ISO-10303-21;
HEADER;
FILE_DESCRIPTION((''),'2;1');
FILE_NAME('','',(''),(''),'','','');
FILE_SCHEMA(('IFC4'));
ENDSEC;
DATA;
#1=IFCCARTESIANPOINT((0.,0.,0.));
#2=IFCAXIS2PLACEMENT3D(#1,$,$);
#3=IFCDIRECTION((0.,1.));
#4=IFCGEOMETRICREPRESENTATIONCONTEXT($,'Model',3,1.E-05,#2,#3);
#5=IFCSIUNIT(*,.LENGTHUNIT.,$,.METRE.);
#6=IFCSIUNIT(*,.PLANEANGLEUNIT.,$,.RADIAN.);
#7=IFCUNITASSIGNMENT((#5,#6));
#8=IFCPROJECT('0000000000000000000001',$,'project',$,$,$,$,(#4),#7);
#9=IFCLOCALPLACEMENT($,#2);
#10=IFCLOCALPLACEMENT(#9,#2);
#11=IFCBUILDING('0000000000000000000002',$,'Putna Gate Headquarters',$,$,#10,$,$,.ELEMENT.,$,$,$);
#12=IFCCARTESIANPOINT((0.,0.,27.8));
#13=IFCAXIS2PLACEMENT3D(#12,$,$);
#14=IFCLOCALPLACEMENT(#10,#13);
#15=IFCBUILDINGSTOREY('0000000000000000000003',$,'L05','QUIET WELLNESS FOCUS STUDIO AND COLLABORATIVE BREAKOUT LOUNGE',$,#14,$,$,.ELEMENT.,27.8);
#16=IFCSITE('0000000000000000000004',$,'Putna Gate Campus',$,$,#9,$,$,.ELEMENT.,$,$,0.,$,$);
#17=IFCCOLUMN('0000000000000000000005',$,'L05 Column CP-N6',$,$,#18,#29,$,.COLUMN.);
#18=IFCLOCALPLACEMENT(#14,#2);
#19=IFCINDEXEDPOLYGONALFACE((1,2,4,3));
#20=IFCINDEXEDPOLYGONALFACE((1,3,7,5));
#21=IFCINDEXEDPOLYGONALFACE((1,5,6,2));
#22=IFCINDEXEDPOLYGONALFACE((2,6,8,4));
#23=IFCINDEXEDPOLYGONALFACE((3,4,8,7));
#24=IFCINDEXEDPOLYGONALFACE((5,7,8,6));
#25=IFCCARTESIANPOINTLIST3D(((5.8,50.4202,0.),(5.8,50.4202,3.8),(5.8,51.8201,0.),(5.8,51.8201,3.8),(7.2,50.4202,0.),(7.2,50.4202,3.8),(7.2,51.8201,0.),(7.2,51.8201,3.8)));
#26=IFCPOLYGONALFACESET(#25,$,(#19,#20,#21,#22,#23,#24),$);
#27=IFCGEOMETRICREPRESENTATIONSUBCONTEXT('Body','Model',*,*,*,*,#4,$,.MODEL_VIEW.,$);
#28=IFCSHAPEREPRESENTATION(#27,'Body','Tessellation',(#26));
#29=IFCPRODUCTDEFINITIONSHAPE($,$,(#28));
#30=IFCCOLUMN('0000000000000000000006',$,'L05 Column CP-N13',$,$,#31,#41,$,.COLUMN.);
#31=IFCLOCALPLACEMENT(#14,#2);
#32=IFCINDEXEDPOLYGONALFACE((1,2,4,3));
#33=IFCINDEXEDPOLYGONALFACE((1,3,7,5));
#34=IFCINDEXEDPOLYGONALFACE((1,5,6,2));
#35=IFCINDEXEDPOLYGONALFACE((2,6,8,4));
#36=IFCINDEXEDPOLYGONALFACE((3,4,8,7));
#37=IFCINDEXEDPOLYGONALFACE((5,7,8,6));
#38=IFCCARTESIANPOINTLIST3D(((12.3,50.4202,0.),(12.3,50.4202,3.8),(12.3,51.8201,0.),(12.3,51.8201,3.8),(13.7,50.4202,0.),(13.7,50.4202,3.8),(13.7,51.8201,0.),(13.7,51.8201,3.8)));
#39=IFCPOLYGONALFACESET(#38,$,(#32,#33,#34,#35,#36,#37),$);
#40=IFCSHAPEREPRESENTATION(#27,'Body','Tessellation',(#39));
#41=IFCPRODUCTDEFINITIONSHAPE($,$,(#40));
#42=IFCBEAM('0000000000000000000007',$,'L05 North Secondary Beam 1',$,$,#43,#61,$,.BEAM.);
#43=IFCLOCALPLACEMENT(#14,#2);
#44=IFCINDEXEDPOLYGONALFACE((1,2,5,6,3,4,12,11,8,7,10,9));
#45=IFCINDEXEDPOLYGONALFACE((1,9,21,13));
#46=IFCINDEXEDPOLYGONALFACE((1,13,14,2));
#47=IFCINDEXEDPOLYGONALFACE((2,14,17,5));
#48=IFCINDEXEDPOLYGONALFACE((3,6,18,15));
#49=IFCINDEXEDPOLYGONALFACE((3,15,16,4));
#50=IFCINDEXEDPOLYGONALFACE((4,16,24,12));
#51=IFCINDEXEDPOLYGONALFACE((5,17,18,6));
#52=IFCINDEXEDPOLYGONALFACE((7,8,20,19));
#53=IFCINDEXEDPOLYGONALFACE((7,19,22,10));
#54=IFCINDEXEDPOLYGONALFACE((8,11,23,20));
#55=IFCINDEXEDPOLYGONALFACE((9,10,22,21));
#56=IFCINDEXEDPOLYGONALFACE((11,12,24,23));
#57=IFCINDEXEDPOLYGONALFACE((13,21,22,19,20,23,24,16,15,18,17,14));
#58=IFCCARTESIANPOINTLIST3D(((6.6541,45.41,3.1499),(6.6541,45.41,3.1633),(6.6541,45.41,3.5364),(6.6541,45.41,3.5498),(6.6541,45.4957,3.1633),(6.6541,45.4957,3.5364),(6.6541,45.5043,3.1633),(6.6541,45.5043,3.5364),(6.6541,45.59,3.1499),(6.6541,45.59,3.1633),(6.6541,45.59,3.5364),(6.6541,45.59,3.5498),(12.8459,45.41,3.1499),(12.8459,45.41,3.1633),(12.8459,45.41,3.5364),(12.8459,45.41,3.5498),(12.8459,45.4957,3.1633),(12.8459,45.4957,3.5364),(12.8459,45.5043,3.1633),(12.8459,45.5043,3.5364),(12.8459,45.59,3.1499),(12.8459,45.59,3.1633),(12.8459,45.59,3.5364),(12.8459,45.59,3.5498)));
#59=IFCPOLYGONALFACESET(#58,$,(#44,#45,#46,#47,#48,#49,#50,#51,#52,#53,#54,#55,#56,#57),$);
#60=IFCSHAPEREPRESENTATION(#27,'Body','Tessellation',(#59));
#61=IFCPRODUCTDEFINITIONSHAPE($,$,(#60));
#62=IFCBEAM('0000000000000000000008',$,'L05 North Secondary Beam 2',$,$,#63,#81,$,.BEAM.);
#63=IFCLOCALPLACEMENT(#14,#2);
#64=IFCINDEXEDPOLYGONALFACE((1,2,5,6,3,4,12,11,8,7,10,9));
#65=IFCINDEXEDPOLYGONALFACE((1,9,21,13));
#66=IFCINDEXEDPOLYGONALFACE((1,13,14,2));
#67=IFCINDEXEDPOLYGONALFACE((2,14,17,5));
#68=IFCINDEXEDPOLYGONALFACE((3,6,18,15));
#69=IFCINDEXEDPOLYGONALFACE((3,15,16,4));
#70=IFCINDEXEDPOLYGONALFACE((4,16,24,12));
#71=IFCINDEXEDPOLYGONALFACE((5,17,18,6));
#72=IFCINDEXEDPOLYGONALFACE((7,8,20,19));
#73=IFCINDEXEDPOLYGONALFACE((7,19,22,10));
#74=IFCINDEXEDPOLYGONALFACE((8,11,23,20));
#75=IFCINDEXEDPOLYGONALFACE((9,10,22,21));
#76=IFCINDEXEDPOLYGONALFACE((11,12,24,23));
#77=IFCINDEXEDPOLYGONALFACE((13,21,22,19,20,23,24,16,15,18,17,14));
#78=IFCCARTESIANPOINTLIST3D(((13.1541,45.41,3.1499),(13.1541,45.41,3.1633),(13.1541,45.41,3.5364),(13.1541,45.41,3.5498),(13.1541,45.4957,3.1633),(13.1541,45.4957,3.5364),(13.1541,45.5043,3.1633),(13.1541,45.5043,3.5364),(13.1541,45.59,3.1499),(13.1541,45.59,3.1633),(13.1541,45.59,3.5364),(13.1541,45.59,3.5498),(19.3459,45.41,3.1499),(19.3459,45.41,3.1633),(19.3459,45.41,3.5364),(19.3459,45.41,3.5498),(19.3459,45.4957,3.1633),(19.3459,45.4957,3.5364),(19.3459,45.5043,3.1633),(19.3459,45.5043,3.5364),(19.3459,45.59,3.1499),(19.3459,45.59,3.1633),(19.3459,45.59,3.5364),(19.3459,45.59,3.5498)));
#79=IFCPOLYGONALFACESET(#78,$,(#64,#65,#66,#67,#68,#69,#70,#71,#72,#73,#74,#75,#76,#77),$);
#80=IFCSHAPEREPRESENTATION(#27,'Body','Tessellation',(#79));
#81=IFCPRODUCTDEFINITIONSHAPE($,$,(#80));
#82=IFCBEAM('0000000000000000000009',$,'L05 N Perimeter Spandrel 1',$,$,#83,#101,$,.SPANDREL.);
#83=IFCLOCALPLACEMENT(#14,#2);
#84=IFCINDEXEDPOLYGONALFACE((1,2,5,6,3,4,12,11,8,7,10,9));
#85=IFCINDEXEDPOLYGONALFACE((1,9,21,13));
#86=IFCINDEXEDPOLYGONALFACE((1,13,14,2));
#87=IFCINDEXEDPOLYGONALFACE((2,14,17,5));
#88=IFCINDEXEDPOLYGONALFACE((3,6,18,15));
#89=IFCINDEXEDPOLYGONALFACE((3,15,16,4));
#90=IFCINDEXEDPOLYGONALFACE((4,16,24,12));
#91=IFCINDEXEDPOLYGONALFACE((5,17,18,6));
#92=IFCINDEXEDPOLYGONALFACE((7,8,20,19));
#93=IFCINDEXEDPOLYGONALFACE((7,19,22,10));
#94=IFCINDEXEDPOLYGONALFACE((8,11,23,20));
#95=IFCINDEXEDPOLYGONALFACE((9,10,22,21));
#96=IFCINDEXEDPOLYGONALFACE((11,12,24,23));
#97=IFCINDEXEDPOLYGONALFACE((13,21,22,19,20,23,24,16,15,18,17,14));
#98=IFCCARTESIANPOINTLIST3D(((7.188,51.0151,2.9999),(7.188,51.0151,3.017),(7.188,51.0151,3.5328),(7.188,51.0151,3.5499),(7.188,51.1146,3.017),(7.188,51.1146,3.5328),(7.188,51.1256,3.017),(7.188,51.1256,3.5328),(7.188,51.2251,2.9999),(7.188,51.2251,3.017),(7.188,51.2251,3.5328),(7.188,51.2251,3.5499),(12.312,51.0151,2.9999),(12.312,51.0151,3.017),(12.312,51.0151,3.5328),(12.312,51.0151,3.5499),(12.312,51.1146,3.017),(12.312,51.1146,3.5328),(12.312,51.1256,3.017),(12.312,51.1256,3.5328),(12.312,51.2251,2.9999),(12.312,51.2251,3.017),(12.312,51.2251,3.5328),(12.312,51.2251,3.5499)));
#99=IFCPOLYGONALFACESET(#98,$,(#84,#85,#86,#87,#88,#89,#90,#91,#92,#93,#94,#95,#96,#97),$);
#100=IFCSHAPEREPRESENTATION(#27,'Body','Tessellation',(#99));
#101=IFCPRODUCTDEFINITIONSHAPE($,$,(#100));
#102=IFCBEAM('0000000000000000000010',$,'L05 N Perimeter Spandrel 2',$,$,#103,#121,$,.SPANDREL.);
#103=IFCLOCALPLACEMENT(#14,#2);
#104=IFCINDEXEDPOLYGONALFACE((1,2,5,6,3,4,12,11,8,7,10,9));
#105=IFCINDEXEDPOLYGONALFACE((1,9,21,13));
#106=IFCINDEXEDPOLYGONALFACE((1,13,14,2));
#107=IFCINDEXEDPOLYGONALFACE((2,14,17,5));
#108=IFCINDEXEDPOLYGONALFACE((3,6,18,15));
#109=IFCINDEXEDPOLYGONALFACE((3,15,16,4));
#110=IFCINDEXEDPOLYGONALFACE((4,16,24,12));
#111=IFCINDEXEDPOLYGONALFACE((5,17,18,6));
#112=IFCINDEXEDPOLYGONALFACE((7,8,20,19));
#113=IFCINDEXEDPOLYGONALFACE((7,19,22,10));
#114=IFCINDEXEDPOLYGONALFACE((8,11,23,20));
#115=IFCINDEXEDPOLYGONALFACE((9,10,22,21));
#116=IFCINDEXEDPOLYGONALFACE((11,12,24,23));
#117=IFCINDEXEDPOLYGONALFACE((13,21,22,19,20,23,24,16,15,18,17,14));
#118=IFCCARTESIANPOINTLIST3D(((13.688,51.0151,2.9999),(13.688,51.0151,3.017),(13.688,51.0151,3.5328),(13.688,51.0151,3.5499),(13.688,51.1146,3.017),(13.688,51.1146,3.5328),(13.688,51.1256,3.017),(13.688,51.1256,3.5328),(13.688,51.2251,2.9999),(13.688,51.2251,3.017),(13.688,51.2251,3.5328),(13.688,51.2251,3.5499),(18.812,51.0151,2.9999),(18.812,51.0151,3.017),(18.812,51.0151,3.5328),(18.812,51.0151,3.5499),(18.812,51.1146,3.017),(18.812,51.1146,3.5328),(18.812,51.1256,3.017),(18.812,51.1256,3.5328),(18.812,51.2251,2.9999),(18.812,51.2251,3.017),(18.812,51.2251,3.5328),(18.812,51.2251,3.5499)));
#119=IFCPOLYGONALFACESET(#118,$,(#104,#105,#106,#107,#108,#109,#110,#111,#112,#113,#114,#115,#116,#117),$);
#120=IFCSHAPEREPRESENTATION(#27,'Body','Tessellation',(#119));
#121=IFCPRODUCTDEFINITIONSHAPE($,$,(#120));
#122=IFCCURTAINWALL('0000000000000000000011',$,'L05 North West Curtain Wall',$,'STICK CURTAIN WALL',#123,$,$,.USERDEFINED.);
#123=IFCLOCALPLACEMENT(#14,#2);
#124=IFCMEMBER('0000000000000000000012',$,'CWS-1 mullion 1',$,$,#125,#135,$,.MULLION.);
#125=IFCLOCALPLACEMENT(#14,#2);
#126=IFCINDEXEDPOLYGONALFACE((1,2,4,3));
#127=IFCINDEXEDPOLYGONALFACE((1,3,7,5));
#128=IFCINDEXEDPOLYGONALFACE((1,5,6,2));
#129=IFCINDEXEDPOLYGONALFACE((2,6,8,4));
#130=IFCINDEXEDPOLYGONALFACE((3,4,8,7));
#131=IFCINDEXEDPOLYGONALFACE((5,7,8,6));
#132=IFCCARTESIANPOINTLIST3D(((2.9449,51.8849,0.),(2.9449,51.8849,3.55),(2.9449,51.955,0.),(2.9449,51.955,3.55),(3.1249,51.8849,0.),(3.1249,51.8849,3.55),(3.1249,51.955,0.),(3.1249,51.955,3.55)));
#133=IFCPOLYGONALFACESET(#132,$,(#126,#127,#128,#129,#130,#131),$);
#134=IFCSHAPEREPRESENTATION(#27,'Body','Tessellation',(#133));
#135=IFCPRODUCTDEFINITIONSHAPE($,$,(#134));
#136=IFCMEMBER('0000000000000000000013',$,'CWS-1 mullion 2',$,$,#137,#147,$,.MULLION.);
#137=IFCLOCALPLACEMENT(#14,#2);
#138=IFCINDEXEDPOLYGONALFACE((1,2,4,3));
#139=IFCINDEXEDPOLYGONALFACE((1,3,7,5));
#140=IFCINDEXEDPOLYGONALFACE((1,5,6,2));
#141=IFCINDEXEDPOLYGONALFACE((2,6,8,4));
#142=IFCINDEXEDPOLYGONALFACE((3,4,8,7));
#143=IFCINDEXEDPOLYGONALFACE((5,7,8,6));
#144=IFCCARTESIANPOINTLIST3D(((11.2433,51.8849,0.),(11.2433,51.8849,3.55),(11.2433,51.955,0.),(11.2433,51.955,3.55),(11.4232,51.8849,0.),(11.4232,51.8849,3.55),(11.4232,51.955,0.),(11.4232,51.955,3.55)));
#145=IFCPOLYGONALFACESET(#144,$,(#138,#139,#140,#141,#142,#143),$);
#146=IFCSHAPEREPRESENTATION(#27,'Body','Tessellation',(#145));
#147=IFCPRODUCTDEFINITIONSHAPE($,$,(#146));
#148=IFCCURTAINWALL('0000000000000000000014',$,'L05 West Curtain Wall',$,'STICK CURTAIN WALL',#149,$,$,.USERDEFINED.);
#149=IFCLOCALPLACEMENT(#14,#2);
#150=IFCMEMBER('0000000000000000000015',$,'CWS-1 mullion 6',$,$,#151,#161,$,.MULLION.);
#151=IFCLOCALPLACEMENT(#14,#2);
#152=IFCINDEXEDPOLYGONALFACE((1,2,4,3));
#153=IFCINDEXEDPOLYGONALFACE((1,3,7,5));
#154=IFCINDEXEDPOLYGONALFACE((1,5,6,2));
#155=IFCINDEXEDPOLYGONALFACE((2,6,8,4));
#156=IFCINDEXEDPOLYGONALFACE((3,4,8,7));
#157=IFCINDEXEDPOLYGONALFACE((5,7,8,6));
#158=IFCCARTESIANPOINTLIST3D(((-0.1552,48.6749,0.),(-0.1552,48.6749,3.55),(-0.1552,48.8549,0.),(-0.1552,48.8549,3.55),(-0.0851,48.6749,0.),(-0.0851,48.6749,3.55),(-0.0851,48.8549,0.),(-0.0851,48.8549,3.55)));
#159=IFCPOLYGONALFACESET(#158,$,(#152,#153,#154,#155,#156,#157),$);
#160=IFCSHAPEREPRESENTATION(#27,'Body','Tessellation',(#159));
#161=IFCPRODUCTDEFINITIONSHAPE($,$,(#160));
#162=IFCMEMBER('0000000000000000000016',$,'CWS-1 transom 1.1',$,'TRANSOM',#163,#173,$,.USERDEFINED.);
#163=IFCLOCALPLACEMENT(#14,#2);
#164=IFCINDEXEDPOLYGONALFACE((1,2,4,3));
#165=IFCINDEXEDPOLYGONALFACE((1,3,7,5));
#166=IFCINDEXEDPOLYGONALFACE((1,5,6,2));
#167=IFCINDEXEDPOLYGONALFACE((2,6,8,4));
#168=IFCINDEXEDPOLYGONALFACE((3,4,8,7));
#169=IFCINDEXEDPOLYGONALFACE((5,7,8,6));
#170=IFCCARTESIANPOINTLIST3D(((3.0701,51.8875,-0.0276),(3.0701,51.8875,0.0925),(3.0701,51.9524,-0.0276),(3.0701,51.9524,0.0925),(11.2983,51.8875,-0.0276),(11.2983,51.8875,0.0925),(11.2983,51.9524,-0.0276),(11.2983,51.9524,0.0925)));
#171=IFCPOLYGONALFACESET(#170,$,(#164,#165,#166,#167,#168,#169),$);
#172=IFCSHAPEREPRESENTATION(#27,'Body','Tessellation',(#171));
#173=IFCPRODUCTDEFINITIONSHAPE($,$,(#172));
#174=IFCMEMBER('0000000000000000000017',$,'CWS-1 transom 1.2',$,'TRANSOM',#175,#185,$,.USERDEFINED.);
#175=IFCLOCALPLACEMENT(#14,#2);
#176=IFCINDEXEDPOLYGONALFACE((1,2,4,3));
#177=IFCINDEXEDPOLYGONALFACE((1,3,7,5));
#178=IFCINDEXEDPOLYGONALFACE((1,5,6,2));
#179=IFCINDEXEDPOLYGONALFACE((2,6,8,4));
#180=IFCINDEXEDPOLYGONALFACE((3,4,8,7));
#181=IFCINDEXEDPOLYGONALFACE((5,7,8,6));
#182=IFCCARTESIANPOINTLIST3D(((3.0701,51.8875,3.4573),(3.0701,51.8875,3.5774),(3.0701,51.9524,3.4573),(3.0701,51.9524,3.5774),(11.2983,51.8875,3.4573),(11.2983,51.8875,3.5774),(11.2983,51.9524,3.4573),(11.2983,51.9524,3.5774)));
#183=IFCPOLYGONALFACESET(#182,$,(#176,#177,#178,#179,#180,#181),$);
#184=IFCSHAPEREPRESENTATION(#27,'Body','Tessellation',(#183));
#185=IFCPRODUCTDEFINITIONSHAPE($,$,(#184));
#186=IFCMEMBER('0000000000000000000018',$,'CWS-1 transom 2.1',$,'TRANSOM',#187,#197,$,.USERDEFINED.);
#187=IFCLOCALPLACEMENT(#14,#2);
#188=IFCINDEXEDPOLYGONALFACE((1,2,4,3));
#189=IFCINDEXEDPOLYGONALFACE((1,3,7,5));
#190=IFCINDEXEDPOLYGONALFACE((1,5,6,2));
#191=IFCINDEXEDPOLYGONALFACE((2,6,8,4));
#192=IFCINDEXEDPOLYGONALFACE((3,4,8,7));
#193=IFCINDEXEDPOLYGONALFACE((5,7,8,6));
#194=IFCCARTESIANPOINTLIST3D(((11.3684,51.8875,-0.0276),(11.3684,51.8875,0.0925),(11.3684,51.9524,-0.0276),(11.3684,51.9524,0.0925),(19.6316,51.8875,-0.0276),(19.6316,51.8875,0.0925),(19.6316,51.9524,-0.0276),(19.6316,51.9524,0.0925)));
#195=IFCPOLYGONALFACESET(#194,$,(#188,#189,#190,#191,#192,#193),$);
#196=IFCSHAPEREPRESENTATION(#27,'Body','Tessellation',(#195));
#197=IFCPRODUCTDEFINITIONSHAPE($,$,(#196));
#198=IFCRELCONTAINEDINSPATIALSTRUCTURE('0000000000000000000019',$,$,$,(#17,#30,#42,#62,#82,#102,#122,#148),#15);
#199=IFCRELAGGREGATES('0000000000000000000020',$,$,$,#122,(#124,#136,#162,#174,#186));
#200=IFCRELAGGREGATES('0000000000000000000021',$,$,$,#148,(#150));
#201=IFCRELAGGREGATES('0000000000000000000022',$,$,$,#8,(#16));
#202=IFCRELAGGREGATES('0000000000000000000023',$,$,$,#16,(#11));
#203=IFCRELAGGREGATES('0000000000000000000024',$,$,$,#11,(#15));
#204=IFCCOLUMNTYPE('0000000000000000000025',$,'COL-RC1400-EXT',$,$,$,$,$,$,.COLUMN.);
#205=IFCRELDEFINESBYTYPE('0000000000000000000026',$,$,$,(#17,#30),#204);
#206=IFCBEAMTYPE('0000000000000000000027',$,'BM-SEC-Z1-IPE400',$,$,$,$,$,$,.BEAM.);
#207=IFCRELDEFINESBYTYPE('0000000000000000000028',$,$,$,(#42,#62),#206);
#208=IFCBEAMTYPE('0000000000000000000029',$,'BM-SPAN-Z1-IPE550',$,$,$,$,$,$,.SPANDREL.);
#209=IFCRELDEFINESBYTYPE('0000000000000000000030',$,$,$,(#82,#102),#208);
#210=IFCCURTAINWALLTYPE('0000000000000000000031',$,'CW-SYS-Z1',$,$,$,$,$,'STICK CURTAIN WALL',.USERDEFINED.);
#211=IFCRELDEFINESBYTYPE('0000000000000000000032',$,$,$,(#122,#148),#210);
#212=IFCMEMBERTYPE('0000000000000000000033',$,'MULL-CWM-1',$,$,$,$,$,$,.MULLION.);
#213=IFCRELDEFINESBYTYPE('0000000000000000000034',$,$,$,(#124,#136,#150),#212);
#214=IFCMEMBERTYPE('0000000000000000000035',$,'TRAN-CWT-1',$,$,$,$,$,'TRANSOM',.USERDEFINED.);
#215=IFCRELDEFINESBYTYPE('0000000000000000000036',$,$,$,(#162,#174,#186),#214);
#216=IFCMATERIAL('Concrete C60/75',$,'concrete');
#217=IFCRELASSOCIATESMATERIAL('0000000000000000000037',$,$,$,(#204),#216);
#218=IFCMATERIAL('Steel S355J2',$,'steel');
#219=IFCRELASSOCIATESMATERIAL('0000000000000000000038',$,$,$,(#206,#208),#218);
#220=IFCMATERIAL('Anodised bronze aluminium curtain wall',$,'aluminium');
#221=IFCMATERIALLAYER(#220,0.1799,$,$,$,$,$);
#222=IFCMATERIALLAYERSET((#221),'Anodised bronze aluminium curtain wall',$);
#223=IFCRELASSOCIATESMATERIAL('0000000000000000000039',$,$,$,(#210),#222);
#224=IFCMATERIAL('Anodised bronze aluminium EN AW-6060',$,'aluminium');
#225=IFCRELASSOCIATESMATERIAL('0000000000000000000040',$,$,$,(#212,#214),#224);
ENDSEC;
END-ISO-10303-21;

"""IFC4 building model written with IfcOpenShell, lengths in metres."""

from ifc_helpers import new_model, si_unit, direction, frame, origin, origin_2d, place, context, subcontext, project, spatial, rectangle, i_section, extrude, material, layer, layer_set, material_profile, profile_set, type_object, element, aggregate, save


model = new_model("IFC4")

# Units and contexts
model_context = context("Model", 3, precision=1e-05, world=origin(), true_north=direction((0.0, 1.0)))
body_context = subcontext(model_context, "Body", "Model", "MODEL_VIEW")
ifc_project = project(units=[si_unit("LENGTHUNIT", "METRE"), si_unit("PLANEANGLEUNIT", "RADIAN")], contexts=[model_context])

# Site, building, storey
site_placement = place(None, origin())
site = spatial("IfcSite", under=ifc_project, at=site_placement, Name="Putna Gate Campus", CompositionType="ELEMENT", RefElevation=0.0)
building_placement = place(site_placement, origin())
building = spatial("IfcBuilding", under=site, at=building_placement, Name="Putna Gate Headquarters", CompositionType="ELEMENT")
storey_placement = place(building_placement, frame((0.0, 0.0, 27.8)))
storey = spatial("IfcBuildingStorey", under=building, at=storey_placement, Name="L05", Description="QUIET WELLNESS FOCUS STUDIO AND COLLABORATIVE BREAKOUT LOUNGE", CompositionType="ELEMENT", Elevation=27.8)

# Columns
ifc_material_1 = material(Name="Concrete C60/75", Category="concrete")
ifc_material_profile_1 = material_profile(ifc_material_1, rectangle(XDim=1.3999, YDim=1.3999, at=origin_2d()), Name="Concrete C60/75")
ifc_profile_set_1 = profile_set([ifc_material_profile_1], Name="Concrete C60/75")
column_type = type_object("IfcColumnType", Name="COL-RC1400-EXT", PredefinedType="COLUMN", material=ifc_profile_set_1)
for number, where, z_axis, x_axis, name in (
    (1, (6.5, 51.1201, 0.0), (0.0, 0.0, 1.0), (1.0, 0.0, 0.0), "L05 Column CP-N6"),
    (2, (13.0, 51.1201, 0.0), (0.0, 0.0, 1.0), (1.0, 0.0, 0.0), "L05 Column CP-N13"),
):
    element("IfcColumn", number, at=place(storey_placement, frame(where, z_axis=z_axis, x_axis=x_axis)), inside=storey, type_object=column_type, Name=name, PredefinedType="COLUMN", context=body_context, shape_type="SweptSolid", body=[
        extrude(rectangle(XDim=1.3999, YDim=1.3999, at=origin_2d()), origin(), (0.0, 0.0, 1.0), 3.8),
    ])

# Beams
ifc_material_2 = material(Name="Steel S355J2", Category="steel")
ifc_material_profile_2 = material_profile(ifc_material_2, i_section(OverallWidth=0.1799, OverallDepth=0.3999, WebThickness=0.0085, FlangeThickness=0.0134, at=origin_2d()), Name="Steel S355J2")
ifc_profile_set_2 = profile_set([ifc_material_profile_2], Name="Steel S355J2")
beam_type_1 = type_object("IfcBeamType", Name="BM-SEC-Z1-IPE400", PredefinedType="BEAM", material=ifc_profile_set_2)
for number, where, z_axis, x_axis, name in (
    (3, (6.6541, 45.5, 3.3499), (1.0, 0.0, 0.0), (0.0, 1.0, 0.0), "L05 North Secondary Beam 1"),
    (4, (13.1541, 45.5, 3.3499), (1.0, 0.0, 0.0), (0.0, 1.0, 0.0), "L05 North Secondary Beam 2"),
):
    element("IfcBeam", number, at=place(storey_placement, frame(where, z_axis=z_axis, x_axis=x_axis)), inside=storey, type_object=beam_type_1, Name=name, PredefinedType="BEAM", context=body_context, shape_type="SweptSolid", body=[
        extrude(i_section(OverallWidth=0.1799, OverallDepth=0.3999, WebThickness=0.0085, FlangeThickness=0.0134, at=origin_2d()), origin(), (0.0, 0.0, 1.0), 6.1919),
    ])
ifc_material_profile_3 = material_profile(ifc_material_2, i_section(OverallWidth=0.21, OverallDepth=0.55, WebThickness=0.011, FlangeThickness=0.0171, at=origin_2d()), Name="Steel S355J2")
ifc_profile_set_3 = profile_set([ifc_material_profile_3], Name="Steel S355J2")
beam_type_2 = type_object("IfcBeamType", Name="BM-SPAN-Z1-IPE550", PredefinedType="SPANDREL", material=ifc_profile_set_3)
for number, where, z_axis, x_axis, name in (
    (5, (7.188, 51.1201, 3.2749), (1.0, 0.0, 0.0), (0.0, 1.0, 0.0), "L05 N Perimeter Spandrel 1"),
    (6, (13.688, 51.1201, 3.2749), (1.0, 0.0, 0.0), (0.0, 1.0, 0.0), "L05 N Perimeter Spandrel 2"),
):
    element("IfcBeam", number, at=place(storey_placement, frame(where, z_axis=z_axis, x_axis=x_axis)), inside=storey, type_object=beam_type_2, Name=name, PredefinedType="SPANDREL", context=body_context, shape_type="SweptSolid", body=[
        extrude(i_section(OverallWidth=0.21, OverallDepth=0.55, WebThickness=0.011, FlangeThickness=0.0171, at=origin_2d()), origin(), (0.0, 0.0, 1.0), 5.124),
    ])

# Curtain wall, members
ifc_material_3 = material(Name="Anodised bronze aluminium curtain wall", Category="aluminium")
ifc_layer_1 = layer(ifc_material_3, 0.1799)
ifc_layer_set_1 = layer_set([ifc_layer_1], Name="Anodised bronze aluminium curtain wall")
curtain_wall_type = type_object("IfcCurtainWallType", Name="CW-SYS-Z1", ElementType="STICK CURTAIN WALL", PredefinedType="USERDEFINED", material=ifc_layer_set_1)
curtain_wall_1_placement = place(storey_placement, origin())
curtain_wall_1 = element("IfcCurtainWall", 7, at=curtain_wall_1_placement, inside=storey, type_object=curtain_wall_type, Name="L05 North West Curtain Wall", ObjectType="STICK CURTAIN WALL", PredefinedType="USERDEFINED")
ifc_material_4 = material(Name="Anodised bronze aluminium EN AW-6060", Category="aluminium")
ifc_material_profile_4 = material_profile(ifc_material_4, rectangle(XDim=0.0701, YDim=0.1799, at=origin_2d()), Name="Anodised bronze aluminium EN AW-6060")
ifc_profile_set_4 = profile_set([ifc_material_profile_4], Name="Anodised bronze aluminium EN AW-6060")
member_type_1 = type_object("IfcMemberType", Name="MULL-CWM-1", PredefinedType="MULLION", material=ifc_profile_set_4)
member_1_placement = place(storey_placement, frame((3.0349, 51.9199, 0.0), z_axis=(0.0, 0.0, 1.0), x_axis=(0.0, 1.0, 0.0)))
member_1 = element("IfcMember", 8, at=member_1_placement, type_object=member_type_1, Name="CWS-1 mullion 1", PredefinedType="MULLION", context=body_context, shape_type="SweptSolid", body=[
    extrude(rectangle(XDim=0.0701, YDim=0.1799, at=origin_2d()), origin(), (0.0, 0.0, 1.0), 3.55),
])
member_2_placement = place(storey_placement, frame((11.3333, 51.9199, 0.0), z_axis=(0.0, 0.0, 1.0), x_axis=(0.0, 1.0, 0.0)))
member_2 = element("IfcMember", 9, at=member_2_placement, type_object=member_type_1, Name="CWS-1 mullion 2", PredefinedType="MULLION", context=body_context, shape_type="SweptSolid", body=[
    extrude(rectangle(XDim=0.0701, YDim=0.1799, at=origin_2d()), origin(), (0.0, 0.0, 1.0), 3.55),
])

# Curtain wall, member
curtain_wall_2_placement = place(storey_placement, origin())
curtain_wall_2 = element("IfcCurtainWall", 10, at=curtain_wall_2_placement, inside=storey, type_object=curtain_wall_type, Name="L05 West Curtain Wall", ObjectType="STICK CURTAIN WALL", PredefinedType="USERDEFINED")
member_3_placement = place(storey_placement, frame((-0.1201, 48.7649, 0.0), z_axis=(0.0, 0.0, 1.0), x_axis=(-1.0, 0.0, 0.0)))
member_3 = element("IfcMember", 11, at=member_3_placement, type_object=member_type_1, Name="CWS-1 mullion 6", PredefinedType="MULLION", context=body_context, shape_type="SweptSolid", body=[
    extrude(rectangle(XDim=0.0701, YDim=0.1799, at=origin_2d()), origin(), (0.0, 0.0, 1.0), 3.55),
])

# Members
ifc_material_profile_5 = material_profile(ifc_material_4, rectangle(XDim=0.0649, YDim=0.1201, at=origin_2d()), Name="Anodised bronze aluminium EN AW-6060")
ifc_profile_set_5 = profile_set([ifc_material_profile_5], Name="Anodised bronze aluminium EN AW-6060")
member_type_2 = type_object("IfcMemberType", Name="TRAN-CWT-1", ElementType="TRANSOM", PredefinedType="USERDEFINED", material=ifc_profile_set_5)
member_4_placement = place(storey_placement, frame((3.0701, 51.9199, 0.0325), z_axis=(1.0, 0.0, 0.0), x_axis=(0.0, 1.0, 0.0)))
member_4 = element("IfcMember", 12, at=member_4_placement, type_object=member_type_2, Name="CWS-1 transom 1.1", ObjectType="TRANSOM", PredefinedType="USERDEFINED", context=body_context, shape_type="SweptSolid", body=[
    extrude(rectangle(XDim=0.0649, YDim=0.1201, at=origin_2d()), origin(), (0.0, 0.0, 1.0), 8.2283),
])
member_5_placement = place(storey_placement, frame((3.0701, 51.9199, 3.5173), z_axis=(1.0, 0.0, 0.0), x_axis=(0.0, 1.0, 0.0)))
member_5 = element("IfcMember", 13, at=member_5_placement, type_object=member_type_2, Name="CWS-1 transom 1.2", ObjectType="TRANSOM", PredefinedType="USERDEFINED", context=body_context, shape_type="SweptSolid", body=[
    extrude(rectangle(XDim=0.0649, YDim=0.1201, at=origin_2d()), origin(), (0.0, 0.0, 1.0), 8.2283),
])
member_6_placement = place(storey_placement, frame((11.3684, 51.9199, 0.0325), z_axis=(1.0, 0.0, 0.0), x_axis=(0.0, 1.0, 0.0)))
member_6 = element("IfcMember", 14, at=member_6_placement, type_object=member_type_2, Name="CWS-1 transom 2.1", ObjectType="TRANSOM", PredefinedType="USERDEFINED", context=body_context, shape_type="SweptSolid", body=[
    extrude(rectangle(XDim=0.0649, YDim=0.1201, at=origin_2d()), origin(), (0.0, 0.0, 1.0), 8.2632),
])

aggregate(curtain_wall_1, [member_1, member_2, member_4, member_5, member_6])
aggregate(curtain_wall_2, [member_3])

save(model, "model.ifc")
